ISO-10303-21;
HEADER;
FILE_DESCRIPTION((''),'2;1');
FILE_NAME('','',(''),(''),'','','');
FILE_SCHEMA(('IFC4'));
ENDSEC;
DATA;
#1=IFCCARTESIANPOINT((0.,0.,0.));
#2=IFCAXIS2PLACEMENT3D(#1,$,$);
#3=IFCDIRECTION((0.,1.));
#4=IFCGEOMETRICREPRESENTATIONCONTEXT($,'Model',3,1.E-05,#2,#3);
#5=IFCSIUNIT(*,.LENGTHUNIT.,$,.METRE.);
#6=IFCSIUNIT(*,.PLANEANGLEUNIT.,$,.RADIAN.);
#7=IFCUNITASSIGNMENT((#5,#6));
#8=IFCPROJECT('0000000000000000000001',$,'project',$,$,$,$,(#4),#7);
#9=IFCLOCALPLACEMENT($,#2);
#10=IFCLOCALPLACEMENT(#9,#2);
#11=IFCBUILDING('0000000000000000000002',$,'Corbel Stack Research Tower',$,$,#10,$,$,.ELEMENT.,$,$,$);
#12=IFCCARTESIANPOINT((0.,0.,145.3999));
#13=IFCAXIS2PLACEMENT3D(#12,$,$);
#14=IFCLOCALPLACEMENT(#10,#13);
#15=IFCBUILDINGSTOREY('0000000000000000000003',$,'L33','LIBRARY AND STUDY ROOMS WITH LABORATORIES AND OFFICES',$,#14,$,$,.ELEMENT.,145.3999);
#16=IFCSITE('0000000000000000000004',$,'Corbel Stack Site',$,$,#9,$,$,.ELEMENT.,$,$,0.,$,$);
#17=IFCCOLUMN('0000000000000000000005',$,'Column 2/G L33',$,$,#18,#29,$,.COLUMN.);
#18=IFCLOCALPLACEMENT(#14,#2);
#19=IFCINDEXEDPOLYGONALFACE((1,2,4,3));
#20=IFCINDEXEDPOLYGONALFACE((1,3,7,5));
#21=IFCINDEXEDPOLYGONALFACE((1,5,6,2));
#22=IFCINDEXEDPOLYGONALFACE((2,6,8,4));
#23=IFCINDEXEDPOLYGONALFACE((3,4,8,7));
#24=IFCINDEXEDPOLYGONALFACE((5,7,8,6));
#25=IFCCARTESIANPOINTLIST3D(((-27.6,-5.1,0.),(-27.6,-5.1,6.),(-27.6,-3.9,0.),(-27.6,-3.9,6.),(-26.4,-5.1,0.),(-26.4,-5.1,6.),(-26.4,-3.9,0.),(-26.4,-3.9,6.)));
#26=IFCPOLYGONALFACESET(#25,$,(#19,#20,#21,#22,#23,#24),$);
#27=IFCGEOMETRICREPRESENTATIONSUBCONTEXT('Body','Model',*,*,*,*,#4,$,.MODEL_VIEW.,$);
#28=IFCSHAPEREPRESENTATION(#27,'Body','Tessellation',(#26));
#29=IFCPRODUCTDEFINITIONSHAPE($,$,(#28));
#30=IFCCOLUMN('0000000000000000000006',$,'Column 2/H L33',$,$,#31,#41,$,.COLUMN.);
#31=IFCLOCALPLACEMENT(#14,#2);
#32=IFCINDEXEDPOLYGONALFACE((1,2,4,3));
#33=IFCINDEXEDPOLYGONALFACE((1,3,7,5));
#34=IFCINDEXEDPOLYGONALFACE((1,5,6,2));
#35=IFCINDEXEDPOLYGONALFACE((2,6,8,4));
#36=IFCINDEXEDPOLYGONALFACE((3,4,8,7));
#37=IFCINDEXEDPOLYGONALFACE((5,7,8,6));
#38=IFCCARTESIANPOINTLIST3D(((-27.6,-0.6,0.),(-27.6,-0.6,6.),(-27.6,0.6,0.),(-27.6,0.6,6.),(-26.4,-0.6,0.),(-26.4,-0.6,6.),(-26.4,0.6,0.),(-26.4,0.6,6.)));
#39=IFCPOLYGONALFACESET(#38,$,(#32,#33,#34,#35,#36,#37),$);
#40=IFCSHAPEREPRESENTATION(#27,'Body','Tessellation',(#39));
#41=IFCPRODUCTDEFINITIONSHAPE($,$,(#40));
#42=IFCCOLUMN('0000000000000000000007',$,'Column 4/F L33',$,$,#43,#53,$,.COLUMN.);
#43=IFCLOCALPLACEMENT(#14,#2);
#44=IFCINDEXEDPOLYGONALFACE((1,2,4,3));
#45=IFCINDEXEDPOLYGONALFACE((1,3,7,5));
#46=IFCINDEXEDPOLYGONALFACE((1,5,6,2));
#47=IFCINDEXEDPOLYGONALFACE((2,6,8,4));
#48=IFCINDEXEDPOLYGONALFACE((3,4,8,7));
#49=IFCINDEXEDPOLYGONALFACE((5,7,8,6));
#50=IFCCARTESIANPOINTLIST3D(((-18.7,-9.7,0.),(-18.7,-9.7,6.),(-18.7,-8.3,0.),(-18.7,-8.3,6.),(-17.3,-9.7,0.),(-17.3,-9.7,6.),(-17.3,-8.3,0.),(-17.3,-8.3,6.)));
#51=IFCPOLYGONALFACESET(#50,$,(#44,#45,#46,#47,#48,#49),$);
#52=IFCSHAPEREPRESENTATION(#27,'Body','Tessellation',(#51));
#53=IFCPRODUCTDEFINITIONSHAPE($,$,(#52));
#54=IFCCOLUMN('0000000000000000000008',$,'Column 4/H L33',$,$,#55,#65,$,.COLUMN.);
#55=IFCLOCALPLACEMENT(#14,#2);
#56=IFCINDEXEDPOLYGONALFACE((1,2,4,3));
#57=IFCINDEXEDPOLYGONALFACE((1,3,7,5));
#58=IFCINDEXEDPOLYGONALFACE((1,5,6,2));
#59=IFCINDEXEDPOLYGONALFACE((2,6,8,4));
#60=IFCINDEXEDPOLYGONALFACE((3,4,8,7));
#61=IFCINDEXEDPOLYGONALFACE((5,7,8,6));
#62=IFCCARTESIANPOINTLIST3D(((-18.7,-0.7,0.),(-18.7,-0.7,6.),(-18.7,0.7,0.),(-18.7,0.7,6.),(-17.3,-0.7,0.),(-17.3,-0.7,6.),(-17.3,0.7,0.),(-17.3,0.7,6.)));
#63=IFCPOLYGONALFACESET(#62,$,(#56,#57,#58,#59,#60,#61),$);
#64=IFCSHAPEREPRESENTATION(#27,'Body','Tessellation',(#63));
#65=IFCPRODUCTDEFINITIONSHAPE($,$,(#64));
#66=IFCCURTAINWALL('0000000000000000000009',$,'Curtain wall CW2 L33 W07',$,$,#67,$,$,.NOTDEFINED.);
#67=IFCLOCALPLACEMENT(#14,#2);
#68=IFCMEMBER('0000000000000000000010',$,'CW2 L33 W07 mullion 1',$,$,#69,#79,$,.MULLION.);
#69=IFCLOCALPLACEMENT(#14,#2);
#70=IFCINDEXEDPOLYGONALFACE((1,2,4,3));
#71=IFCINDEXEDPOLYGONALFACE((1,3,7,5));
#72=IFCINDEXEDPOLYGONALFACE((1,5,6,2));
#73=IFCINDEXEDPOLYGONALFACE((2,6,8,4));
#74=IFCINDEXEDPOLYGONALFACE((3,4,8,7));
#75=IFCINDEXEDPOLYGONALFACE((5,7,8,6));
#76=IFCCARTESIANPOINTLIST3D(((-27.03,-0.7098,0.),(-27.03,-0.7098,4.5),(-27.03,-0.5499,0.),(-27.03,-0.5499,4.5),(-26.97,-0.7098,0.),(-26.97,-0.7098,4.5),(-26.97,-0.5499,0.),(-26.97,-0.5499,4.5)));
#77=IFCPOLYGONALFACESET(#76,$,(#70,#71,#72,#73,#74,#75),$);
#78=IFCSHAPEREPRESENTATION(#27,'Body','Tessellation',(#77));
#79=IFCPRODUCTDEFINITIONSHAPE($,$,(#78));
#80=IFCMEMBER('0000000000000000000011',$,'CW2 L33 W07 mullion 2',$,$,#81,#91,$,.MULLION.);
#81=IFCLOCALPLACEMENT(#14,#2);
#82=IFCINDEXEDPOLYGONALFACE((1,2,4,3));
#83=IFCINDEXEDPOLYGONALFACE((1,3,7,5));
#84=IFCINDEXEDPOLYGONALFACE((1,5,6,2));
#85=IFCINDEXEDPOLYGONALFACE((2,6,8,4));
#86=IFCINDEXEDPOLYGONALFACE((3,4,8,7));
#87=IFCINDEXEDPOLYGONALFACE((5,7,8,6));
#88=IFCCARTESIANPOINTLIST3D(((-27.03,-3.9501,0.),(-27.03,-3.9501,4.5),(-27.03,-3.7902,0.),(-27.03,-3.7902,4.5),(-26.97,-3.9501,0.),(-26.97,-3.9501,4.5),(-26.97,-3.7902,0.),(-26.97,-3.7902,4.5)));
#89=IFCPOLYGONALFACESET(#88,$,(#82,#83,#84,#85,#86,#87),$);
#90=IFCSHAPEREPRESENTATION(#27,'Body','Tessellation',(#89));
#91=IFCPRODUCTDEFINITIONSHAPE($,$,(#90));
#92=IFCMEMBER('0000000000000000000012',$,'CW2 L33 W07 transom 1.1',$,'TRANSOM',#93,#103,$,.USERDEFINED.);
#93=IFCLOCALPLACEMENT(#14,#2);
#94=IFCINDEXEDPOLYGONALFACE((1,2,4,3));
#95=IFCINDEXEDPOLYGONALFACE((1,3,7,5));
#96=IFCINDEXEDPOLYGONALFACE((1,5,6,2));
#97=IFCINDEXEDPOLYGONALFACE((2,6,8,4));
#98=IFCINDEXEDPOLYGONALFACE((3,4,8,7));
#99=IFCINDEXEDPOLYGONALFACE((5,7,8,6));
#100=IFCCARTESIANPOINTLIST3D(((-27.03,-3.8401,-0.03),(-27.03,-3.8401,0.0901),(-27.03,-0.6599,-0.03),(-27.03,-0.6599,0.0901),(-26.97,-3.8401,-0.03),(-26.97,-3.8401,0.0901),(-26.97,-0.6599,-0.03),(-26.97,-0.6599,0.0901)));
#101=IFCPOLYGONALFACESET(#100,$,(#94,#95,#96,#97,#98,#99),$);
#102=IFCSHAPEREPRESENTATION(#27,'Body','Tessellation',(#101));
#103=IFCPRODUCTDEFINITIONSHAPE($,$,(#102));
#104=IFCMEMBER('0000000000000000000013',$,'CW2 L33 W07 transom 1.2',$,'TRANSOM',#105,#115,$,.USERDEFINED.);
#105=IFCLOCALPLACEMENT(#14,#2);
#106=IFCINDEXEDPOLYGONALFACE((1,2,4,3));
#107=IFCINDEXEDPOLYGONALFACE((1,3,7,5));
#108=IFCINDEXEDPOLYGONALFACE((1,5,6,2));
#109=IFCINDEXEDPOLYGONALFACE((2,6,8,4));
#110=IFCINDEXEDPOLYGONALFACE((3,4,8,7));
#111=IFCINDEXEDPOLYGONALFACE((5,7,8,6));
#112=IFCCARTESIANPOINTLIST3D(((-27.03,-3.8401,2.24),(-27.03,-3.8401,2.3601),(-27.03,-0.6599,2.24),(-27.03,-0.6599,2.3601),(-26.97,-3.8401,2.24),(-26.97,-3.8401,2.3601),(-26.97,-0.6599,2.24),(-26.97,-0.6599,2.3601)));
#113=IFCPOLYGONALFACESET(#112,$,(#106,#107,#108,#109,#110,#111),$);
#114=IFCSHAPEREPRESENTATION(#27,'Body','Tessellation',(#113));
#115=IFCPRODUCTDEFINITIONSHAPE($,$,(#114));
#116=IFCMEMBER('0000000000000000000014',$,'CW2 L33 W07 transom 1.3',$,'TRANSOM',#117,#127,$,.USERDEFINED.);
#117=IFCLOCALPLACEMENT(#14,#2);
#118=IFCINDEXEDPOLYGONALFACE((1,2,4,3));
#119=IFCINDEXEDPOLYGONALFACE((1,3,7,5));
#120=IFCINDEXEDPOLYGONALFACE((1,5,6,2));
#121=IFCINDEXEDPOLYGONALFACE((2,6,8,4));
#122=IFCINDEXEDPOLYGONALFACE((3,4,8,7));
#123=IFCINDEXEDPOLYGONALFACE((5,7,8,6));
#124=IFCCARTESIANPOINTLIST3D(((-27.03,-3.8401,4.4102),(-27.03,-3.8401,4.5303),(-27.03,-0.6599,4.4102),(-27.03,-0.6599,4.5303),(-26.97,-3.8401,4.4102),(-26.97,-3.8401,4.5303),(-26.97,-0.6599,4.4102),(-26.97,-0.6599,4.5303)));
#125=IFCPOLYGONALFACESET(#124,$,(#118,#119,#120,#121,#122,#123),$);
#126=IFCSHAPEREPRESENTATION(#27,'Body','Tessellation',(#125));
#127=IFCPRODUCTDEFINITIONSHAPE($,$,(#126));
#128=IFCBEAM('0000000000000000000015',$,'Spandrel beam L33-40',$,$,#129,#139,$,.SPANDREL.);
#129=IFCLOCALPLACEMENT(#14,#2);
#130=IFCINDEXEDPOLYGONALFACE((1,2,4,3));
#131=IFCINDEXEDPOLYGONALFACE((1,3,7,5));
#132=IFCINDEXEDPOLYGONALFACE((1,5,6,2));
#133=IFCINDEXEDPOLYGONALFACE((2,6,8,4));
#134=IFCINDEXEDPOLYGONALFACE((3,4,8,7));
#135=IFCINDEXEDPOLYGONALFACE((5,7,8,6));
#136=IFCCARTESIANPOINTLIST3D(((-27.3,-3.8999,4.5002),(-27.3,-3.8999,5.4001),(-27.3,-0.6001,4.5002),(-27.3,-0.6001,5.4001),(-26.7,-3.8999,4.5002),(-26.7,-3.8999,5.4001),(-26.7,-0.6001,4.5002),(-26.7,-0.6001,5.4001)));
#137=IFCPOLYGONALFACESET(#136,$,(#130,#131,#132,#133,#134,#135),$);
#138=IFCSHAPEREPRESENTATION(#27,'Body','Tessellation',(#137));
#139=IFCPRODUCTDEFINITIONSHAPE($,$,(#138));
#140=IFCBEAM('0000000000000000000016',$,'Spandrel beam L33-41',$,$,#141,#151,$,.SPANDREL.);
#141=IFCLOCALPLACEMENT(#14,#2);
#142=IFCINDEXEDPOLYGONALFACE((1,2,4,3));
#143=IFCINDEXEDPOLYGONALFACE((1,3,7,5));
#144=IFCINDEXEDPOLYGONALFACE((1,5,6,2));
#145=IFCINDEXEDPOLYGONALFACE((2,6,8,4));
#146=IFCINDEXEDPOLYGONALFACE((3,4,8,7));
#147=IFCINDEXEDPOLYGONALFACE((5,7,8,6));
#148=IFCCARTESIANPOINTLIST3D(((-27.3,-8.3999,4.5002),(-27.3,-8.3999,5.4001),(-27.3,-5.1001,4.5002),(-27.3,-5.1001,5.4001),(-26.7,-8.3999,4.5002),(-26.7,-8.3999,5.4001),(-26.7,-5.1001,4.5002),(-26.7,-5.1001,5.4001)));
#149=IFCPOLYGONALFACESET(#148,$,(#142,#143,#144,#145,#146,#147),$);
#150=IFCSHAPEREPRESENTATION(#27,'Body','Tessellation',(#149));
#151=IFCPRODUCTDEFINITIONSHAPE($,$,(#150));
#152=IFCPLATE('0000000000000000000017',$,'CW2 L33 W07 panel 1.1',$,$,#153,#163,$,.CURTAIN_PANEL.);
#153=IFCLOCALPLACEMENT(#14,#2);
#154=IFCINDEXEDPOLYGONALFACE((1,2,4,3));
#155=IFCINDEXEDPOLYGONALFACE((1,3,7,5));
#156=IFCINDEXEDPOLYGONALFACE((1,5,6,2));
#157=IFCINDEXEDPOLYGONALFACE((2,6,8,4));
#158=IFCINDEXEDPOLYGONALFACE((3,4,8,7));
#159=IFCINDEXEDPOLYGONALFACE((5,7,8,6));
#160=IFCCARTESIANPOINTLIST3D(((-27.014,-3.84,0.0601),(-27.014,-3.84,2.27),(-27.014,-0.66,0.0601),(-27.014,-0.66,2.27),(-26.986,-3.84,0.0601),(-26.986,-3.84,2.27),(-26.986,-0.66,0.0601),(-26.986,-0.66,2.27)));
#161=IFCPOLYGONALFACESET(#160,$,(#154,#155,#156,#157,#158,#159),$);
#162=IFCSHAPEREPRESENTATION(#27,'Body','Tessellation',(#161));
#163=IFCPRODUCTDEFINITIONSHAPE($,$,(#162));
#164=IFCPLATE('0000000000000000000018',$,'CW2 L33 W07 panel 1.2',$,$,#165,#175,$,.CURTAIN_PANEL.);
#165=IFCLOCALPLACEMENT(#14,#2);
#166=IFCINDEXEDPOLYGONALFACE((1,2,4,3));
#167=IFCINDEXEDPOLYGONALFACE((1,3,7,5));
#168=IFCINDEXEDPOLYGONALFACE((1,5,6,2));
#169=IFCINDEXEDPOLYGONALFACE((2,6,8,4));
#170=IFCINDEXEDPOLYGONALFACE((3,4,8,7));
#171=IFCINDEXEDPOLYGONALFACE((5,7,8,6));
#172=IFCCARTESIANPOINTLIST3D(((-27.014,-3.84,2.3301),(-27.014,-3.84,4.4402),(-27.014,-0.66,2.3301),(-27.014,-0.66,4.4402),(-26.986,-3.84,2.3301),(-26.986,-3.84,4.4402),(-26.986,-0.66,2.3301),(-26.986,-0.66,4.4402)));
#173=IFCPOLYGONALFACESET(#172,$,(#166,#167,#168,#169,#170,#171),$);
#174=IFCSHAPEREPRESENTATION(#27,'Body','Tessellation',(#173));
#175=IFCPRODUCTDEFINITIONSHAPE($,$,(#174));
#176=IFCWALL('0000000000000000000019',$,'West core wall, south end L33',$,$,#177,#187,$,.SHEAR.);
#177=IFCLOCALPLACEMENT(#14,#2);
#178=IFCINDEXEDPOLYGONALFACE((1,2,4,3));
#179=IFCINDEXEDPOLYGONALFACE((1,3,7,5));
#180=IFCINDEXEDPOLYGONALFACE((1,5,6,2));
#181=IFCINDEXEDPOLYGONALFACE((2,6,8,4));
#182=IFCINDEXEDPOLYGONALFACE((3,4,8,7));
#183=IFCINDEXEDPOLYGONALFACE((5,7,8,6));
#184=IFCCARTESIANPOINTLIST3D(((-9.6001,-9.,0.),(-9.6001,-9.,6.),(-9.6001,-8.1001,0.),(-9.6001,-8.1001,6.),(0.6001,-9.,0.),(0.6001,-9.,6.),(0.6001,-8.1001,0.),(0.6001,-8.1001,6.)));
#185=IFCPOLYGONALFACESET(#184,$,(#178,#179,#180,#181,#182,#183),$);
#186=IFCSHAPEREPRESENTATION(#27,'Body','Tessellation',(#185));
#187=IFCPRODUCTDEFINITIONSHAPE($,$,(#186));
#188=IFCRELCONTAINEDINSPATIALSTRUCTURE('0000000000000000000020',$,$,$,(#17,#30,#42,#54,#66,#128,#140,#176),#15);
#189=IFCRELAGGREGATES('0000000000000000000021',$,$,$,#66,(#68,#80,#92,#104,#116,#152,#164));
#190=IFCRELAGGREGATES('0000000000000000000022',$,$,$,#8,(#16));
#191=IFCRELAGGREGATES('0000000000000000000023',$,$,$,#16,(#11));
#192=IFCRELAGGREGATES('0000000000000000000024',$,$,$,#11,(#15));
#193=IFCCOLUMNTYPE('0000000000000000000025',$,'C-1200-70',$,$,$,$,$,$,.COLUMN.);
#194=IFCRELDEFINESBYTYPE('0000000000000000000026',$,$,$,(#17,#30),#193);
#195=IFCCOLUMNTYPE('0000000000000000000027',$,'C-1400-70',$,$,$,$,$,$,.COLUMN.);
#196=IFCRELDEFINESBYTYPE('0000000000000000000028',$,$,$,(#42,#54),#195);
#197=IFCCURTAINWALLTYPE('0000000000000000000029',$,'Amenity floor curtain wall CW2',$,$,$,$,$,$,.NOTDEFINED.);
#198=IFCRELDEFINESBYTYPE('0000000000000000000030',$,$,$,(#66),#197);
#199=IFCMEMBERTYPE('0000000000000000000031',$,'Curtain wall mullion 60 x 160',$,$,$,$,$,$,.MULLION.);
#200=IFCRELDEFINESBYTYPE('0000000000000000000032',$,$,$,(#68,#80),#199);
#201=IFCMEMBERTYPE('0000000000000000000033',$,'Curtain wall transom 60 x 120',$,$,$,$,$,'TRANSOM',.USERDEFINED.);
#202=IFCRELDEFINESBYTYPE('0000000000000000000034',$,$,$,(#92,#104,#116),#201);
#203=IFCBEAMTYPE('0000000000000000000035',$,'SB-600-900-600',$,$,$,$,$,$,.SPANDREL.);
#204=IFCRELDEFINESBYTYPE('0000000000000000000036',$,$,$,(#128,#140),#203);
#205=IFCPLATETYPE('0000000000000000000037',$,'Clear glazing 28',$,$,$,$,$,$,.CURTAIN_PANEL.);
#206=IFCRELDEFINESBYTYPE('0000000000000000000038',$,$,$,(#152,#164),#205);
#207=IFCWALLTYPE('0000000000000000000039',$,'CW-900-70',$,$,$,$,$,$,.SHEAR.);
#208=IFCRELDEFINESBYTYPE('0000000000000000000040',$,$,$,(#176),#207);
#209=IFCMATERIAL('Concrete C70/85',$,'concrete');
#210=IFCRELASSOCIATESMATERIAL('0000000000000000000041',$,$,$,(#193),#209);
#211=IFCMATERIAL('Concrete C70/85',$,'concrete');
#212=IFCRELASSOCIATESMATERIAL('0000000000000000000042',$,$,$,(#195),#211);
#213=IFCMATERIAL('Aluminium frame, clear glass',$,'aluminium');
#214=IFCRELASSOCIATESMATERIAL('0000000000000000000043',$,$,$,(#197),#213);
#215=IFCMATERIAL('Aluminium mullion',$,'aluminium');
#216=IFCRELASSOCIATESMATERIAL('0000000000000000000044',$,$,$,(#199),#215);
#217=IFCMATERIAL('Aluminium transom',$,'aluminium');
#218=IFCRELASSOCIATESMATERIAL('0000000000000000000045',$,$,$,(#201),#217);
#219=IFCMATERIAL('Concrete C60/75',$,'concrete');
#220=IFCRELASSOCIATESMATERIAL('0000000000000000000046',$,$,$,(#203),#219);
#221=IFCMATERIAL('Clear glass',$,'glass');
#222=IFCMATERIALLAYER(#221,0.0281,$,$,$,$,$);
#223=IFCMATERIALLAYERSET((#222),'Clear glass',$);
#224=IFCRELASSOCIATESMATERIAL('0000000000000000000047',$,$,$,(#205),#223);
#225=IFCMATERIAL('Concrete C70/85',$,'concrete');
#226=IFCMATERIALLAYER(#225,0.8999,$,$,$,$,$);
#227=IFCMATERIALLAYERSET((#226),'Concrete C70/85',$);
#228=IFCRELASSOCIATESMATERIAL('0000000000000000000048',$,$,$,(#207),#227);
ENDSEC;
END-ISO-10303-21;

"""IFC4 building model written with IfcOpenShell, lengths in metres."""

from ifc_helpers import new_model, si_unit, direction, frame, frame_2d, origin, origin_2d, place, context, subcontext, project, spatial, rectangle, extrude, material, layer, layer_set, material_profile, profile_set, type_object, element, aggregate, save


model = new_model("IFC4")

# Units and contexts
model_context = context("Model", 3, precision=1e-05, world=origin(), true_north=direction((0.0, 1.0)))
body_context = subcontext(model_context, "Body", "Model", "MODEL_VIEW")
ifc_project = project(units=[si_unit("LENGTHUNIT", "METRE"), si_unit("PLANEANGLEUNIT", "RADIAN")], contexts=[model_context])

# Site, building, storey
site_placement = place(None, origin())
site = spatial("IfcSite", under=ifc_project, at=site_placement, Name="Corbel Stack Site", CompositionType="ELEMENT", RefElevation=0.0)
building_placement = place(site_placement, origin())
building = spatial("IfcBuilding", under=site, at=building_placement, Name="Corbel Stack Research Tower", CompositionType="ELEMENT")
storey_placement = place(building_placement, frame((0.0, 0.0, 145.3999)))
storey = spatial("IfcBuildingStorey", under=building, at=storey_placement, Name="L33", Description="LIBRARY AND STUDY ROOMS WITH LABORATORIES AND OFFICES", CompositionType="ELEMENT", Elevation=145.3999)

# Columns
ifc_material_1 = material(Name="Concrete C70/85", Category="concrete")
ifc_material_profile_1 = material_profile(ifc_material_1, rectangle(XDim=1.2, YDim=1.2, at=origin_2d()), Name="RC 1200 x 1200")
ifc_profile_set_1 = profile_set([ifc_material_profile_1], Name="Concrete C70/85")
column_type_1 = type_object("IfcColumnType", Name="C-1200-70", PredefinedType="COLUMN", material=ifc_profile_set_1)
for number, where, z_axis, x_axis, name in (
    (1, (-27.0, -4.5, 0.0), (0.0, 0.0, 1.0), (1.0, 0.0, 0.0), "Column 2/G L33"),
    (2, (-27.0, 0.0, 0.0), (0.0, 0.0, 1.0), (1.0, 0.0, 0.0), "Column 2/H L33"),
):
    element("IfcColumn", number, at=place(storey_placement, frame(where, z_axis=z_axis, x_axis=x_axis)), inside=storey, type_object=column_type_1, Name=name, PredefinedType="COLUMN", context=body_context, shape_type="SweptSolid", body=[
        extrude(rectangle(XDim=1.2, YDim=1.2, at=origin_2d()), origin(), (0.0, 0.0, 1.0), 6.0),
    ])
ifc_material_2 = material(Name="Concrete C70/85", Category="concrete")
ifc_material_profile_2 = material_profile(ifc_material_2, rectangle(XDim=1.3999, YDim=1.3999, at=origin_2d()), Name="RC 1400 x 1400")
ifc_profile_set_2 = profile_set([ifc_material_profile_2], Name="Concrete C70/85")
column_type_2 = type_object("IfcColumnType", Name="C-1400-70", PredefinedType="COLUMN", material=ifc_profile_set_2)
for number, where, z_axis, x_axis, name in (
    (3, (-18.0, -9.0, 0.0), (0.0, 0.0, 1.0), (1.0, 0.0, 0.0), "Column 4/F L33"),
    (4, (-18.0, 0.0, 0.0), (0.0, 0.0, 1.0), (1.0, 0.0, 0.0), "Column 4/H L33"),
):
    element("IfcColumn", number, at=place(storey_placement, frame(where, z_axis=z_axis, x_axis=x_axis)), inside=storey, type_object=column_type_2, Name=name, PredefinedType="COLUMN", context=body_context, shape_type="SweptSolid", body=[
        extrude(rectangle(XDim=1.3999, YDim=1.3999, at=origin_2d()), origin(), (0.0, 0.0, 1.0), 6.0),
    ])

# Curtain wall, members
ifc_material_3 = material(Name="Aluminium frame, clear glass", Category="aluminium")
curtain_wall_type = type_object("IfcCurtainWallType", Name="Amenity floor curtain wall CW2", PredefinedType="NOTDEFINED", material=ifc_material_3)
curtain_wall_placement = place(storey_placement, origin())
curtain_wall = element("IfcCurtainWall", 5, at=curtain_wall_placement, inside=storey, type_object=curtain_wall_type, Name="Curtain wall CW2 L33 W07", PredefinedType="NOTDEFINED")
ifc_material_4 = material(Name="Aluminium mullion", Category="aluminium")
ifc_material_profile_3 = material_profile(ifc_material_4, rectangle(XDim=0.0601, YDim=0.1599, at=origin_2d()), Name="Mullion 60 x 160")
ifc_profile_set_3 = profile_set([ifc_material_profile_3], Name="Aluminium mullion")
member_type_1 = type_object("IfcMemberType", Name="Curtain wall mullion 60 x 160", PredefinedType="MULLION", material=ifc_profile_set_3)
member_1_placement = place(storey_placement, frame((-27.0, -0.6299, 0.0), z_axis=(0.0, 0.0, 1.0), x_axis=(1.0, 0.0, 0.0)))
member_1 = element("IfcMember", 6, at=member_1_placement, type_object=member_type_1, Name="CW2 L33 W07 mullion 1", PredefinedType="MULLION", context=body_context, shape_type="SweptSolid", body=[
    extrude(rectangle(XDim=0.0601, YDim=0.1599, at=origin_2d()), origin(), (0.0, 0.0, 1.0), 4.5),
])
member_2_placement = place(storey_placement, frame((-27.0, -3.8701, 0.0), z_axis=(0.0, 0.0, 1.0), x_axis=(1.0, 0.0, 0.0)))
member_2 = element("IfcMember", 7, at=member_2_placement, type_object=member_type_1, Name="CW2 L33 W07 mullion 2", PredefinedType="MULLION", context=body_context, shape_type="SweptSolid", body=[
    extrude(rectangle(XDim=0.0601, YDim=0.1599, at=origin_2d()), origin(), (0.0, 0.0, 1.0), 4.5),
])
ifc_material_5 = material(Name="Aluminium transom", Category="aluminium")
ifc_material_profile_4 = material_profile(ifc_material_5, rectangle(XDim=0.0601, YDim=0.1201, at=origin_2d()), Name="Transom 60 x 120")
ifc_profile_set_4 = profile_set([ifc_material_profile_4], Name="Aluminium transom")
member_type_2 = type_object("IfcMemberType", Name="Curtain wall transom 60 x 120", ElementType="TRANSOM", PredefinedType="USERDEFINED", material=ifc_profile_set_4)
member_3_placement = place(storey_placement, frame((-27.0, -0.6599, 0.03), z_axis=(0.0, -1.0, 0.0), x_axis=(1.0, 0.0, 0.0)))
member_3 = element("IfcMember", 8, at=member_3_placement, type_object=member_type_2, Name="CW2 L33 W07 transom 1.1", ObjectType="TRANSOM", PredefinedType="USERDEFINED", context=body_context, shape_type="SweptSolid", body=[
    extrude(rectangle(XDim=0.0601, YDim=0.1201, at=origin_2d()), origin(), (0.0, 0.0, 1.0), 3.1802),
])
member_4_placement = place(storey_placement, frame((-27.0, -0.6599, 2.3), z_axis=(0.0, -1.0, 0.0), x_axis=(1.0, 0.0, 0.0)))
member_4 = element("IfcMember", 9, at=member_4_placement, type_object=member_type_2, Name="CW2 L33 W07 transom 1.2", ObjectType="TRANSOM", PredefinedType="USERDEFINED", context=body_context, shape_type="SweptSolid", body=[
    extrude(rectangle(XDim=0.0601, YDim=0.1201, at=origin_2d()), origin(), (0.0, 0.0, 1.0), 3.1802),
])
member_5_placement = place(storey_placement, frame((-27.0, -0.6599, 4.4702), z_axis=(0.0, -1.0, 0.0), x_axis=(1.0, 0.0, 0.0)))
member_5 = element("IfcMember", 10, at=member_5_placement, type_object=member_type_2, Name="CW2 L33 W07 transom 1.3", ObjectType="TRANSOM", PredefinedType="USERDEFINED", context=body_context, shape_type="SweptSolid", body=[
    extrude(rectangle(XDim=0.0601, YDim=0.1201, at=origin_2d()), origin(), (0.0, 0.0, 1.0), 3.1802),
])

# Beams
ifc_material_6 = material(Name="Concrete C60/75", Category="concrete")
ifc_material_profile_5 = material_profile(ifc_material_6, rectangle(XDim=0.6001, YDim=0.8999, at=origin_2d()), Name="RC 600 x 900")
ifc_profile_set_5 = profile_set([ifc_material_profile_5], Name="Concrete C60/75")
beam_type = type_object("IfcBeamType", Name="SB-600-900-600", PredefinedType="SPANDREL", material=ifc_profile_set_5)
for number, where, z_axis, x_axis, name in (
    (11, (-27.0, -0.6001, 4.9502), (0.0, -1.0, 0.0), (1.0, 0.0, 0.0), "Spandrel beam L33-40"),
    (12, (-27.0, -5.1001, 4.9502), (0.0, -1.0, 0.0), (1.0, 0.0, 0.0), "Spandrel beam L33-41"),
):
    element("IfcBeam", number, at=place(storey_placement, frame(where, z_axis=z_axis, x_axis=x_axis)), inside=storey, type_object=beam_type, Name=name, PredefinedType="SPANDREL", context=body_context, shape_type="SweptSolid", body=[
        extrude(rectangle(XDim=0.6001, YDim=0.8999, at=origin_2d()), origin(), (0.0, 0.0, 1.0), 3.2998),
    ])

# Plates
ifc_material_7 = material(Name="Clear glass", Category="glass")
ifc_layer_1 = layer(ifc_material_7, 0.0281)
ifc_layer_set_1 = layer_set([ifc_layer_1], Name="Clear glass")
plate_type = type_object("IfcPlateType", Name="Clear glazing 28", PredefinedType="CURTAIN_PANEL", material=ifc_layer_set_1)
plate_1_placement = place(storey_placement, frame((-27.0, -2.25, 0.0601), z_axis=(0.0, 0.0, 1.0), x_axis=(0.0, -1.0, 0.0)))
plate_1 = element("IfcPlate", 13, at=plate_1_placement, type_object=plate_type, Name="CW2 L33 W07 panel 1.1", PredefinedType="CURTAIN_PANEL", context=body_context, shape_type="SweptSolid", body=[
    extrude(rectangle(XDim=3.1799, YDim=0.0281, at=origin_2d()), origin(), (0.0, 0.0, 1.0), 2.21),
])
plate_2_placement = place(storey_placement, frame((-27.0, -2.25, 2.3301), z_axis=(0.0, 0.0, 1.0), x_axis=(0.0, -1.0, 0.0)))
plate_2 = element("IfcPlate", 14, at=plate_2_placement, type_object=plate_type, Name="CW2 L33 W07 panel 1.2", PredefinedType="CURTAIN_PANEL", context=body_context, shape_type="SweptSolid", body=[
    extrude(rectangle(XDim=3.1799, YDim=0.0281, at=origin_2d()), origin(), (0.0, 0.0, 1.0), 2.1101),
])
aggregate(curtain_wall, [member_1, member_2, member_3, member_4, member_5, plate_1, plate_2])

# Shared definitions
ifc_material_8 = material(Name="Concrete C70/85", Category="concrete")
ifc_layer_2 = layer(ifc_material_8, 0.8999)
ifc_layer_set_2 = layer_set([ifc_layer_2], Name="Concrete C70/85")
wall_type_1 = type_object("IfcWallType", Name="CW-900-70", PredefinedType="SHEAR", material=ifc_layer_set_2)

# Wall
wall_1_placement = place(storey_placement, frame((-9.6001, -8.55, 0.0), z_axis=(0.0, 0.0, 1.0), x_axis=(1.0, 0.0, 0.0)))
element("IfcWall", 15, at=wall_1_placement, inside=storey, type_object=wall_type_1, Name="West core wall, south end L33", PredefinedType="SHEAR", context=body_context, shape_type="SweptSolid", body=[
    extrude(rectangle(XDim=10.2002, YDim=0.8999, at=frame_2d((5.1001, 0.0))), origin(), (0.0, 0.0, 1.0), 6.0),
])

save(model, "model.ifc")
